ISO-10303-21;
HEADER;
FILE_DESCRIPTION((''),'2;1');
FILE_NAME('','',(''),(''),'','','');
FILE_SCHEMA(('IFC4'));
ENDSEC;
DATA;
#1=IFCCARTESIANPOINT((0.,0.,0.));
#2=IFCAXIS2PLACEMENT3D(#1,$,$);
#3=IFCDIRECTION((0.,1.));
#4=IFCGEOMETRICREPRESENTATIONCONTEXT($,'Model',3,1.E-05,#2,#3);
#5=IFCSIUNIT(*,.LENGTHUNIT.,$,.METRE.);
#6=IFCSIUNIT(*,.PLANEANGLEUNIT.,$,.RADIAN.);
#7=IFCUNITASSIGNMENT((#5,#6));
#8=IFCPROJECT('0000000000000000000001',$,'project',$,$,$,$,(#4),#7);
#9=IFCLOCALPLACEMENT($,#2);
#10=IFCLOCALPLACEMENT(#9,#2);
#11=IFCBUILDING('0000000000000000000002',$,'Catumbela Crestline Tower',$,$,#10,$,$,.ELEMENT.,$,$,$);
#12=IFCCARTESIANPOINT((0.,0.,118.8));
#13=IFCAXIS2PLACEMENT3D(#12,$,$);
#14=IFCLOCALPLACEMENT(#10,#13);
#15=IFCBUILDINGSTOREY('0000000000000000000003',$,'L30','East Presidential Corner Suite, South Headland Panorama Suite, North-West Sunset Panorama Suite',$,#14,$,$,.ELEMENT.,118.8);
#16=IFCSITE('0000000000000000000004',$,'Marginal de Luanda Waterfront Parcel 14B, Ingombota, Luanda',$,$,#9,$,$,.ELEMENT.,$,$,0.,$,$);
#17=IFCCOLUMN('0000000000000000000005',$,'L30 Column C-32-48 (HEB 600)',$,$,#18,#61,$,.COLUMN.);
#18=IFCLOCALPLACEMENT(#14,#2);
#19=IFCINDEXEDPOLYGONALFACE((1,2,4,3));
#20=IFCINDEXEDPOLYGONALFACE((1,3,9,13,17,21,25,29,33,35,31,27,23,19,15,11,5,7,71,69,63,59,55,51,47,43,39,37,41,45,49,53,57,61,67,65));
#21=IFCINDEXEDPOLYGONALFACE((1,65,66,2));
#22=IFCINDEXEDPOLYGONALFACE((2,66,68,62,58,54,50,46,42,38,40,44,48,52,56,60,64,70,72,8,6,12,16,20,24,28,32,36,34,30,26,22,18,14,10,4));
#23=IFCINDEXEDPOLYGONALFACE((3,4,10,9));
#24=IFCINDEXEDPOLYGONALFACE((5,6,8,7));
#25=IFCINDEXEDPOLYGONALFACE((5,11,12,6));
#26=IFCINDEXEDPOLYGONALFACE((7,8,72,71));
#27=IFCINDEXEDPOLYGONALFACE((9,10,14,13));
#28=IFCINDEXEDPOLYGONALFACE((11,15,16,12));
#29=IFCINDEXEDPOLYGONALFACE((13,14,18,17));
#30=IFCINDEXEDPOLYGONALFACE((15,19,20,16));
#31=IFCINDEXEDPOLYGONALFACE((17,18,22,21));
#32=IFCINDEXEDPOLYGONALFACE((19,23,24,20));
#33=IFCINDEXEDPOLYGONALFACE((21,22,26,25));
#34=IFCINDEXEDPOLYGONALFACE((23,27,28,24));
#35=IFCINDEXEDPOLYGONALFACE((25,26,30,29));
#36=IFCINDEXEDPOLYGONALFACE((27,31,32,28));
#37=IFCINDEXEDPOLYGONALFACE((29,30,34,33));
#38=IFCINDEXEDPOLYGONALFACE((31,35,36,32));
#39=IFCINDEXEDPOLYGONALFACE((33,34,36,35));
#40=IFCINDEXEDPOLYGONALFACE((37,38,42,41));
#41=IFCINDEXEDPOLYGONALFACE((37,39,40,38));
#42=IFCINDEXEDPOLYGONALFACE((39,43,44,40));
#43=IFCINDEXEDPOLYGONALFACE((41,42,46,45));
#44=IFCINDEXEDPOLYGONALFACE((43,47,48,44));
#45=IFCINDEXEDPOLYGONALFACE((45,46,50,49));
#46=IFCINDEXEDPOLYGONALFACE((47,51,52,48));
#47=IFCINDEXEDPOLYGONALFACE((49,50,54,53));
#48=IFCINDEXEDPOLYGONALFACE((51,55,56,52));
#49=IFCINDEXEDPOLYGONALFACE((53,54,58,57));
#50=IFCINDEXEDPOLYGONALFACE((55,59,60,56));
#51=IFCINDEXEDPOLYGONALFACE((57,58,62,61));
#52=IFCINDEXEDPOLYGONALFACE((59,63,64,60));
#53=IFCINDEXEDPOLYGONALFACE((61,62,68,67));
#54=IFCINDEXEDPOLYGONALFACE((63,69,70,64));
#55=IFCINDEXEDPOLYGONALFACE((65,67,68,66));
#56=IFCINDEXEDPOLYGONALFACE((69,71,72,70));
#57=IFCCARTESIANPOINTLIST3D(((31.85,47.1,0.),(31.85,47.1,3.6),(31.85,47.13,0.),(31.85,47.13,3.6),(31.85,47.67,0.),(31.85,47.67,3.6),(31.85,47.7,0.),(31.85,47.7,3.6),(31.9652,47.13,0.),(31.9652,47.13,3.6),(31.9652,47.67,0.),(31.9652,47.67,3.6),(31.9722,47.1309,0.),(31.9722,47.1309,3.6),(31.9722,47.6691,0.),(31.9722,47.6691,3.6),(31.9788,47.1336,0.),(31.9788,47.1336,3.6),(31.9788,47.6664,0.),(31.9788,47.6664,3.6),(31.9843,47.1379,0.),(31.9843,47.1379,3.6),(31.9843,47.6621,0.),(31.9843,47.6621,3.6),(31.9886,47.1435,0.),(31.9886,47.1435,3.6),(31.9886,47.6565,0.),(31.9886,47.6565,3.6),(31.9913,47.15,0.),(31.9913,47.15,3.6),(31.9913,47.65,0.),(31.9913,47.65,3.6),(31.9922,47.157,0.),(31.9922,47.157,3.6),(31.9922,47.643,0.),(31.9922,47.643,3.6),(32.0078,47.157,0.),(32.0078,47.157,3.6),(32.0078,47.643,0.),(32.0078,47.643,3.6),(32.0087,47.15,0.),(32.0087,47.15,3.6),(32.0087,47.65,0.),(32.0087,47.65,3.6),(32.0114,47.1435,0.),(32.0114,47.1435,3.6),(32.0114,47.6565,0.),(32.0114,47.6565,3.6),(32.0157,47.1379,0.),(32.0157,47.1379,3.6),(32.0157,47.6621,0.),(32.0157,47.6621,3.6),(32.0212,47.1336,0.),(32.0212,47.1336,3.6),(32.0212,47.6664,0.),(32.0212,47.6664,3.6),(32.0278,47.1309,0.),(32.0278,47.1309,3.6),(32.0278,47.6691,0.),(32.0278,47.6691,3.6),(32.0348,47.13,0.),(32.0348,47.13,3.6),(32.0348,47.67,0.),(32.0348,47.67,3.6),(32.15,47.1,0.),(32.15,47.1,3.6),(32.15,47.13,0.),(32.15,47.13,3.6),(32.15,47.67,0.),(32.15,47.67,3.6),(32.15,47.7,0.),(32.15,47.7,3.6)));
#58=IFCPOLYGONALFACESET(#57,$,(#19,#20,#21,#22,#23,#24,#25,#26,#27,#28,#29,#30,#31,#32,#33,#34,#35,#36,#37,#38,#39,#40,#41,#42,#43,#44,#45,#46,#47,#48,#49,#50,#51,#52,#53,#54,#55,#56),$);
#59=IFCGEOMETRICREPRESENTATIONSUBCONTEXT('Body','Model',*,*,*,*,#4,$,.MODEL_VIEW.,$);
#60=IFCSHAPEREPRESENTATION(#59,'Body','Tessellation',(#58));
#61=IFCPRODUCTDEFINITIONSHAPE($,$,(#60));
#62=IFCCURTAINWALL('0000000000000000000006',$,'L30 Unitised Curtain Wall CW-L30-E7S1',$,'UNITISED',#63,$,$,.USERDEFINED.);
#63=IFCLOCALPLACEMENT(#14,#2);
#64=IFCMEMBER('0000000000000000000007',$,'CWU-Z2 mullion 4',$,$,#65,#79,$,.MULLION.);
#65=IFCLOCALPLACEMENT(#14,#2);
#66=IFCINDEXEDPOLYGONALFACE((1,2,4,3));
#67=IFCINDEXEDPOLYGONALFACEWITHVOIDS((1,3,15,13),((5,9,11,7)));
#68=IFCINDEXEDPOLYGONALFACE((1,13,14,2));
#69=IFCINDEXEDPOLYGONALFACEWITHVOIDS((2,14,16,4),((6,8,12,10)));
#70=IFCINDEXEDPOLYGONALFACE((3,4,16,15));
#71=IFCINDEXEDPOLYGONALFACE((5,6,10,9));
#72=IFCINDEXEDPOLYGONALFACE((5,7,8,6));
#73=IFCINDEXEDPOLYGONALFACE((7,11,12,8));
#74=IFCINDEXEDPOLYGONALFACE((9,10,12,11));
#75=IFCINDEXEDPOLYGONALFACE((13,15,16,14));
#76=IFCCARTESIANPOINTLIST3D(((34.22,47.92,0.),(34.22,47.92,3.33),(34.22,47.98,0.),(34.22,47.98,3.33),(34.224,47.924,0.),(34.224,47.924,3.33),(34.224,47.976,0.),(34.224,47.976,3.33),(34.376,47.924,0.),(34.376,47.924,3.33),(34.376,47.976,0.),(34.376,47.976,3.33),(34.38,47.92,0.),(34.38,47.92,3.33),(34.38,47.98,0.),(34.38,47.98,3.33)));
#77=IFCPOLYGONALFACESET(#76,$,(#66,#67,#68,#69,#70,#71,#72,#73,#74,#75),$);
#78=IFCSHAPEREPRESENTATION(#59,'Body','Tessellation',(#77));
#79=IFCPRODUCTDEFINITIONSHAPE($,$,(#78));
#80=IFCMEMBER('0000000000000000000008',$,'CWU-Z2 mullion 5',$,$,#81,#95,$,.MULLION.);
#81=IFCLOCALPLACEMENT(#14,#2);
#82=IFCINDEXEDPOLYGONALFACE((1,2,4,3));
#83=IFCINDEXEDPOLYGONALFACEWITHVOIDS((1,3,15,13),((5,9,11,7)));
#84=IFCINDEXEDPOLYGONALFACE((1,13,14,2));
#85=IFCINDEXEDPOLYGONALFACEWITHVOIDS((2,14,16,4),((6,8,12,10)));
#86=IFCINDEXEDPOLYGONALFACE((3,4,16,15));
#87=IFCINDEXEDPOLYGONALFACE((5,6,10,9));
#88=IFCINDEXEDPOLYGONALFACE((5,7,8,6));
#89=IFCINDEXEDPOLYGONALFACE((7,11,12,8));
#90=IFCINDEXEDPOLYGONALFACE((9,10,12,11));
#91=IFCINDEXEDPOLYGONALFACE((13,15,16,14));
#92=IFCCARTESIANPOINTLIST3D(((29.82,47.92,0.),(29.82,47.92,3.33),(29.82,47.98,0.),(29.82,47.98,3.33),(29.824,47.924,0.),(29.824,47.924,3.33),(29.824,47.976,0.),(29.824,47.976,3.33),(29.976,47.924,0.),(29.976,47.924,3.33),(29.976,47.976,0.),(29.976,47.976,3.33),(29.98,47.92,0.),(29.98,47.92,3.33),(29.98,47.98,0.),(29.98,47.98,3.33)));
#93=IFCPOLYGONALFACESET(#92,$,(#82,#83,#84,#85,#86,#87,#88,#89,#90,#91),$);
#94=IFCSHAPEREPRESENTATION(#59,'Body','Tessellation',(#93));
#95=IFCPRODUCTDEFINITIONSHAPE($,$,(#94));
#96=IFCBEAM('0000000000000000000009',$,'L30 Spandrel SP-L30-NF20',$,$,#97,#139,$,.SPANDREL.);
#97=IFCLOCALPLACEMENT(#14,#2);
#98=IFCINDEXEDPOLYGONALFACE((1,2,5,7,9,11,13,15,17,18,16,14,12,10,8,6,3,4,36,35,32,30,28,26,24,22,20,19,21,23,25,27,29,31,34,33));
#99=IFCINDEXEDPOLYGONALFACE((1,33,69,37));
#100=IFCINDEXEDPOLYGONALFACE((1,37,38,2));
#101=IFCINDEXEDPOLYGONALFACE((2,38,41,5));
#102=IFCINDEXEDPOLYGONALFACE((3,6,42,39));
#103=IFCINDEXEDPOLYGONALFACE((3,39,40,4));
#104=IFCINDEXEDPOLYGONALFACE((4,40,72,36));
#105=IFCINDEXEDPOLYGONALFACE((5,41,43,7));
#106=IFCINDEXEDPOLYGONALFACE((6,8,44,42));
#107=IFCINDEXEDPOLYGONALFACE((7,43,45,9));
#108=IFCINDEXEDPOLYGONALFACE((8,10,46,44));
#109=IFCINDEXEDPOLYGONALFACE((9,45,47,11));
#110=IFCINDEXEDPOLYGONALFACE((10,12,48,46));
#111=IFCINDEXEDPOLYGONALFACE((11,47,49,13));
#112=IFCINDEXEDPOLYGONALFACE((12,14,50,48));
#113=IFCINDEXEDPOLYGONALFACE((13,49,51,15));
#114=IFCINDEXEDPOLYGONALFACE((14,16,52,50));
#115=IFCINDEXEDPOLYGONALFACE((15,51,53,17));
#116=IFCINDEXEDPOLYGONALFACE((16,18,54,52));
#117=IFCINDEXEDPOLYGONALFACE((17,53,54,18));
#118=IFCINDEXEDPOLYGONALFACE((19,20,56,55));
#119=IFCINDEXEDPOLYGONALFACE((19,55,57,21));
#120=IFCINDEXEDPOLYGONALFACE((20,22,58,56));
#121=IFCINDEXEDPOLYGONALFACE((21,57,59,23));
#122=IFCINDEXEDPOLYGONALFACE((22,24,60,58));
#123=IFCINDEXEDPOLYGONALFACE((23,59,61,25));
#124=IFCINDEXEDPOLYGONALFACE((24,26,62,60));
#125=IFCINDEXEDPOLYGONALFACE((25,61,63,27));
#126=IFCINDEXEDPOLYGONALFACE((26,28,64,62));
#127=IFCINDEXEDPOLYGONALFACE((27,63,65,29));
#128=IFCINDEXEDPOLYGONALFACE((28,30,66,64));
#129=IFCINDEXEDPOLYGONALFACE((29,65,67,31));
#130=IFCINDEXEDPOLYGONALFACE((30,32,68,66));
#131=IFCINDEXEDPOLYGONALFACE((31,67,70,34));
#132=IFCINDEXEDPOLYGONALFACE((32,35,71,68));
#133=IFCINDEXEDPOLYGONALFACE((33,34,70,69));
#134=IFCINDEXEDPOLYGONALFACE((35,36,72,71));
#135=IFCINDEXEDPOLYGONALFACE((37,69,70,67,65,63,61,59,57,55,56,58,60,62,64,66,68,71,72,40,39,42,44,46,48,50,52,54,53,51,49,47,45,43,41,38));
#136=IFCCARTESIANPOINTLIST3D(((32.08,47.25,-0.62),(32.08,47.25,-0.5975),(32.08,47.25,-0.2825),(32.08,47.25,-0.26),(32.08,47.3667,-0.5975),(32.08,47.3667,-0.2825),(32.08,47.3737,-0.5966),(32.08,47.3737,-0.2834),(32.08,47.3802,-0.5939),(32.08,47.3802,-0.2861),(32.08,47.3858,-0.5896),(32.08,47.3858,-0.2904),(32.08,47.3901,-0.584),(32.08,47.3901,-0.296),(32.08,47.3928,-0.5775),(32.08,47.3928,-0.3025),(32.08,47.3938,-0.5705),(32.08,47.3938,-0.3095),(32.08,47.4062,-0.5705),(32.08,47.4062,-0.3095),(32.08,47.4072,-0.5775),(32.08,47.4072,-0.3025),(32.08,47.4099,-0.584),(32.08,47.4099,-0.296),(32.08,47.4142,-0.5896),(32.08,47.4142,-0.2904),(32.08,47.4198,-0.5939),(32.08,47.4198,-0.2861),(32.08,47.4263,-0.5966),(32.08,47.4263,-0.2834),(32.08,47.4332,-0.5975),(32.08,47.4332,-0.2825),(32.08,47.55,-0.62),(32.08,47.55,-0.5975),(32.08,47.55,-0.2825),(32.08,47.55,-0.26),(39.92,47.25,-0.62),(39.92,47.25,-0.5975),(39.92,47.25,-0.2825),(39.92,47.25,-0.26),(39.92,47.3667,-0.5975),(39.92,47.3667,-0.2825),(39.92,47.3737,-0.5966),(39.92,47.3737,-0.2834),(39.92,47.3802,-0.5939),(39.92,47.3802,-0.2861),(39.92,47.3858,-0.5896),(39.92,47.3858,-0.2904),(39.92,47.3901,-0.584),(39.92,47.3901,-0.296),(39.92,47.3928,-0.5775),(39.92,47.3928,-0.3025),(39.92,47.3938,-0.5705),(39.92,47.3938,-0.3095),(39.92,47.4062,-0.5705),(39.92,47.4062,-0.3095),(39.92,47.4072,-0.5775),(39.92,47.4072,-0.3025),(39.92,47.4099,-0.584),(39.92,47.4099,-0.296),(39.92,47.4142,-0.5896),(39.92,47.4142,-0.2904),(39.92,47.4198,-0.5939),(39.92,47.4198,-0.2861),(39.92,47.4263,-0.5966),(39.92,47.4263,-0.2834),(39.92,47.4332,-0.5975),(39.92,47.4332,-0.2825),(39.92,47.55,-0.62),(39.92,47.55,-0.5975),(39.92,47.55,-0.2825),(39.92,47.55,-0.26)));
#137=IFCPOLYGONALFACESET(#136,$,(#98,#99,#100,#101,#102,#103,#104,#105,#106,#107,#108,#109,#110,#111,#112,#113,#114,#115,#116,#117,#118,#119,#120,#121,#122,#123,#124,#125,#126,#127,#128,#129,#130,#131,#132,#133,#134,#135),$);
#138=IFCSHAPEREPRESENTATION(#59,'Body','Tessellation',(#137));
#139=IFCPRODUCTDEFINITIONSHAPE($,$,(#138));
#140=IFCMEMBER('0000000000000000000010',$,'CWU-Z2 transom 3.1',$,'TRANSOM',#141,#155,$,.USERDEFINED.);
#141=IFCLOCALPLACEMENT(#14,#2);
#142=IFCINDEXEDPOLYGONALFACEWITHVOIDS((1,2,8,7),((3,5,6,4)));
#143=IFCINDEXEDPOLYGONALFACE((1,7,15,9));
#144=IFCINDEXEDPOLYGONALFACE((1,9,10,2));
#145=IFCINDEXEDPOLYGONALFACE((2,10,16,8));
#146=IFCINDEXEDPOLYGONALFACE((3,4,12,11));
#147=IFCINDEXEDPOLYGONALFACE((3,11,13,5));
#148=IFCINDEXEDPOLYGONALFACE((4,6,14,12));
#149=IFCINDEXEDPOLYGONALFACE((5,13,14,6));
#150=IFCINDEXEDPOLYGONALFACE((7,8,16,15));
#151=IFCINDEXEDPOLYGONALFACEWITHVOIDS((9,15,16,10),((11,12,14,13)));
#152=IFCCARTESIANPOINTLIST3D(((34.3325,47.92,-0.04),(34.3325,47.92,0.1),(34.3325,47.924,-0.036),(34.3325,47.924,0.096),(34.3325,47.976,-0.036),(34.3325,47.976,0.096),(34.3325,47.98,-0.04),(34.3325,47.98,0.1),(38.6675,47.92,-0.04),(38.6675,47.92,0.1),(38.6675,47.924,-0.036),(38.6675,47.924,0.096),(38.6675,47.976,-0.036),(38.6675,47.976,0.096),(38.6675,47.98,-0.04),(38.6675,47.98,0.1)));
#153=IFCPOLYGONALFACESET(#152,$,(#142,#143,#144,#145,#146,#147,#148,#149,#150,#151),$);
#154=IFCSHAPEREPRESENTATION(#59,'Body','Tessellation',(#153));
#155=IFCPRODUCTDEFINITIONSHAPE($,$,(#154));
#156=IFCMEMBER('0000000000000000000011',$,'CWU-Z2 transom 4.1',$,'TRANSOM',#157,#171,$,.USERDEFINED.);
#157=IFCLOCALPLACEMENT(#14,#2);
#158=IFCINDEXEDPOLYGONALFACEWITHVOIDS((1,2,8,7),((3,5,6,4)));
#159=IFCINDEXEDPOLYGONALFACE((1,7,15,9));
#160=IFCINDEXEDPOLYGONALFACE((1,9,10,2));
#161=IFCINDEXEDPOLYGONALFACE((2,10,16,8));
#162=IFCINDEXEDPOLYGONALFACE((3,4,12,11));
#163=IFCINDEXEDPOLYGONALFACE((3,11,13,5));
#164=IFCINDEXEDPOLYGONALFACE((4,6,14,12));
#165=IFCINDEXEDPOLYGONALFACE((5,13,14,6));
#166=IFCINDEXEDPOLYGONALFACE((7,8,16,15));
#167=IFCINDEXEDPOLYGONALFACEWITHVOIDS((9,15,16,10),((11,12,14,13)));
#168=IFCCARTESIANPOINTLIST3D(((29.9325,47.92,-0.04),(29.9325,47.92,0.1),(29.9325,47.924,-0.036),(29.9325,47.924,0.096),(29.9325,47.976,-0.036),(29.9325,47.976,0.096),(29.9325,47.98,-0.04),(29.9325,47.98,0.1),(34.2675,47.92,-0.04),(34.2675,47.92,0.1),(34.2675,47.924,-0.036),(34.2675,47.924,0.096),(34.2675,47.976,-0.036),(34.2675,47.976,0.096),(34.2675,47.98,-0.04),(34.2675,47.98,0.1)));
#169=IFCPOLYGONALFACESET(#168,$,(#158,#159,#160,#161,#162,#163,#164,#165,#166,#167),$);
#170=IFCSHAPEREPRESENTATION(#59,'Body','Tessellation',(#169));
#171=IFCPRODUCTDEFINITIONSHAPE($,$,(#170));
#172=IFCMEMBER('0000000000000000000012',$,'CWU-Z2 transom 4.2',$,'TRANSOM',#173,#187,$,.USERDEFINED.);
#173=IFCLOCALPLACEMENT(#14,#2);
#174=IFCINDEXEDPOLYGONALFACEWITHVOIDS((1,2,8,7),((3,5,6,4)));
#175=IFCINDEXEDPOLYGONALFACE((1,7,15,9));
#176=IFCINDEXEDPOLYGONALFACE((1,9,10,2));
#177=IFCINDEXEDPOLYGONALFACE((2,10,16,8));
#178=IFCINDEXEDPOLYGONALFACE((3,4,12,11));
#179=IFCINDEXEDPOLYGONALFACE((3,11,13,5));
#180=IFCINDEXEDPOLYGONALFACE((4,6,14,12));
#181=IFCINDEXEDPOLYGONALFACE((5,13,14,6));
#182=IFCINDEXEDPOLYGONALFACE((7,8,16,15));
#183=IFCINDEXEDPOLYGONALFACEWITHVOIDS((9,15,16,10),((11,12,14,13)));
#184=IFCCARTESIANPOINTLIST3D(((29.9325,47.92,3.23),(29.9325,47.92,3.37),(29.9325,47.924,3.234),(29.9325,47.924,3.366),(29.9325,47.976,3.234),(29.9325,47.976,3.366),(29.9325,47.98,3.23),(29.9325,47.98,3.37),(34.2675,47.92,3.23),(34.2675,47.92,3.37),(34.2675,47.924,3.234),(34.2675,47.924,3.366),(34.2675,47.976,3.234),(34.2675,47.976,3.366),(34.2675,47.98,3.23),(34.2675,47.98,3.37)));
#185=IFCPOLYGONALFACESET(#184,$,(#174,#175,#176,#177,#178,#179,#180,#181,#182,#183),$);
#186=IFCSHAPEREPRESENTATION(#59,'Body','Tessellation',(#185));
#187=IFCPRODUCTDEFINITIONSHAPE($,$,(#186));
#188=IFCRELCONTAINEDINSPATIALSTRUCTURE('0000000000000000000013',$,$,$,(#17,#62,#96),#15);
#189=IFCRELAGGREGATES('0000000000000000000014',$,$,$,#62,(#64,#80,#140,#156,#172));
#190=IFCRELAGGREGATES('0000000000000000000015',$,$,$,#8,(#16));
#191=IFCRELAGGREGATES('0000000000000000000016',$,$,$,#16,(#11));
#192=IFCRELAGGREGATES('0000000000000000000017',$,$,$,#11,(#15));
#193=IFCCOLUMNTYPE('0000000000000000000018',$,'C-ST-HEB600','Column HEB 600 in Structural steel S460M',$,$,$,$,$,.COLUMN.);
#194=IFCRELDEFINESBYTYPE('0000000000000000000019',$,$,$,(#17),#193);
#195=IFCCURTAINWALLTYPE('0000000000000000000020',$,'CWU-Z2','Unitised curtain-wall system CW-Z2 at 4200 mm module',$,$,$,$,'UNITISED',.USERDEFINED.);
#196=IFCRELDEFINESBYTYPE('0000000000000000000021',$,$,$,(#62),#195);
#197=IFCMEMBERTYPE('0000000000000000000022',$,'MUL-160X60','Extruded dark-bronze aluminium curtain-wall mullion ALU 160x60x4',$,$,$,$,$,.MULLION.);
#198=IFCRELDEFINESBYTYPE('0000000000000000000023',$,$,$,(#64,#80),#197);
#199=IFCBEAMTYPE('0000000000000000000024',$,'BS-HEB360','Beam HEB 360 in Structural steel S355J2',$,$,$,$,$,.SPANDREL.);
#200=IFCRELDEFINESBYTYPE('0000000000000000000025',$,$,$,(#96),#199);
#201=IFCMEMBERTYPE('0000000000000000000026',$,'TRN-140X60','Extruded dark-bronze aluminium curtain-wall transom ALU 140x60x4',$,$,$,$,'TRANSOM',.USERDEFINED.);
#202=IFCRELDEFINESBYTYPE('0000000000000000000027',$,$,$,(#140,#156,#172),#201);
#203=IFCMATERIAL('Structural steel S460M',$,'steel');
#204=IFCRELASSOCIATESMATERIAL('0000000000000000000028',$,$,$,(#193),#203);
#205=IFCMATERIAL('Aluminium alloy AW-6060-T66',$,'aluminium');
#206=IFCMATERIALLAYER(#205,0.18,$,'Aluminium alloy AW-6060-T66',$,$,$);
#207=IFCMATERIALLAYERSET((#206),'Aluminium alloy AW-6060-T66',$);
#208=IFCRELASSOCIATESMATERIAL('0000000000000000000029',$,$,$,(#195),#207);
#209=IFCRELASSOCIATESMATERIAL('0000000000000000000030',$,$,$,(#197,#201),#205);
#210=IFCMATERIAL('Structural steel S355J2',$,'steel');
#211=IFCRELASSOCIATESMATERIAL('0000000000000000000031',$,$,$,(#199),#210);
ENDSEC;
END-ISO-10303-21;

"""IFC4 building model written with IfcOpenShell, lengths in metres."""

from ifc_helpers import new_model, si_unit, direction, frame, origin, origin_2d, place, context, subcontext, project, spatial, hollow_rectangle, i_section, extrude, material, layer, layer_set, material_profile, profile_set, type_object, element, aggregate, save


model = new_model("IFC4")

# Units and contexts
model_context = context("Model", 3, precision=1e-05, world=origin(), true_north=direction((0.0, 1.0)))
body_context = subcontext(model_context, "Body", "Model", "MODEL_VIEW")
ifc_project = project(units=[si_unit("LENGTHUNIT", "METRE"), si_unit("PLANEANGLEUNIT", "RADIAN")], contexts=[model_context])

# Site, building, storey
site_placement = place(None, origin())
site = spatial("IfcSite", under=ifc_project, at=site_placement, Name="Marginal de Luanda Waterfront Parcel 14B, Ingombota, Luanda", CompositionType="ELEMENT", RefElevation=0.0)
building_placement = place(site_placement, origin())
building = spatial("IfcBuilding", under=site, at=building_placement, Name="Catumbela Crestline Tower", CompositionType="ELEMENT")
storey_placement = place(building_placement, frame((0.0, 0.0, 118.8)))
storey = spatial("IfcBuildingStorey", under=building, at=storey_placement, Name="L30", Description="East Presidential Corner Suite, South Headland Panorama Suite, North-West Sunset Panorama Suite", CompositionType="ELEMENT", Elevation=118.8)

# Column
ifc_material_1 = material(Name="Structural steel S460M", Category="steel")
ifc_material_profile_1 = material_profile(ifc_material_1, i_section(OverallWidth=0.3, OverallDepth=0.6, WebThickness=0.0155, FlangeThickness=0.03, FilletRadius=0.027, at=origin_2d()), Name="HEB 600")
ifc_profile_set_1 = profile_set([ifc_material_profile_1], Name="Structural steel S460M")
column_type = type_object("IfcColumnType", Name="C-ST-HEB600", Description="Column HEB 600 in Structural steel S460M", PredefinedType="COLUMN", material=ifc_profile_set_1)
column_placement = place(storey_placement, frame((32.0, 47.4, 0.0), z_axis=(0.0, 0.0, 1.0), x_axis=(1.0, 0.0, 0.0)))
element("IfcColumn", 1, at=column_placement, inside=storey, type_object=column_type, Name="L30 Column C-32-48 (HEB 600)", PredefinedType="COLUMN", context=body_context, shape_type="SweptSolid", body=[
    extrude(i_section(OverallWidth=0.3, OverallDepth=0.6, WebThickness=0.0155, FlangeThickness=0.03, FilletRadius=0.027, at=origin_2d()), origin(), (0.0, 0.0, 1.0), 3.6),
])

# Curtain wall, members
ifc_material_2 = material(Name="Aluminium alloy AW-6060-T66", Category="aluminium")
ifc_layer_1 = layer(ifc_material_2, 0.18, Name="Aluminium alloy AW-6060-T66")
ifc_layer_set_1 = layer_set([ifc_layer_1], Name="Aluminium alloy AW-6060-T66")
curtain_wall_type = type_object("IfcCurtainWallType", Name="CWU-Z2", Description="Unitised curtain-wall system CW-Z2 at 4200 mm module", ElementType="UNITISED", PredefinedType="USERDEFINED", material=ifc_layer_set_1)
curtain_wall_placement = place(storey_placement, origin())
curtain_wall = element("IfcCurtainWall", 2, at=curtain_wall_placement, inside=storey, type_object=curtain_wall_type, Name="L30 Unitised Curtain Wall CW-L30-E7S1", ObjectType="UNITISED", PredefinedType="USERDEFINED")
ifc_material_profile_2 = material_profile(ifc_material_2, hollow_rectangle(XDim=0.06, YDim=0.16, WallThickness=0.004, at=origin_2d()), Name="ALU 160x60x4")
ifc_profile_set_2 = profile_set([ifc_material_profile_2], Name="Aluminium alloy AW-6060-T66")
member_type_1 = type_object("IfcMemberType", Name="MUL-160X60", Description="Extruded dark-bronze aluminium curtain-wall mullion ALU 160x60x4", PredefinedType="MULLION", material=ifc_profile_set_2)
member_1_placement = place(storey_placement, frame((34.3, 47.95, 0.0), z_axis=(0.0, 0.0, 1.0), x_axis=(0.0, -1.0, 0.0)))
member_1 = element("IfcMember", 3, at=member_1_placement, type_object=member_type_1, Name="CWU-Z2 mullion 4", PredefinedType="MULLION", context=body_context, shape_type="SweptSolid", body=[
    extrude(hollow_rectangle(XDim=0.06, YDim=0.16, WallThickness=0.004, at=origin_2d()), origin(), (0.0, 0.0, 1.0), 3.33),
])
member_2_placement = place(storey_placement, frame((29.9, 47.95, 0.0), z_axis=(0.0, 0.0, 1.0), x_axis=(0.0, -1.0, 0.0)))
member_2 = element("IfcMember", 4, at=member_2_placement, type_object=member_type_1, Name="CWU-Z2 mullion 5", PredefinedType="MULLION", context=body_context, shape_type="SweptSolid", body=[
    extrude(hollow_rectangle(XDim=0.06, YDim=0.16, WallThickness=0.004, at=origin_2d()), origin(), (0.0, 0.0, 1.0), 3.33),
])

# Beam
ifc_material_3 = material(Name="Structural steel S355J2", Category="steel")
ifc_material_profile_3 = material_profile(ifc_material_3, i_section(OverallWidth=0.3, OverallDepth=0.36, WebThickness=0.0125, FlangeThickness=0.0225, FilletRadius=0.027, at=origin_2d()), Name="HEB 360")
ifc_profile_set_3 = profile_set([ifc_material_profile_3], Name="Structural steel S355J2")
beam_type = type_object("IfcBeamType", Name="BS-HEB360", Description="Beam HEB 360 in Structural steel S355J2", PredefinedType="SPANDREL", material=ifc_profile_set_3)
beam_placement = place(storey_placement, frame((32.08, 47.4, -0.44), z_axis=(1.0, 0.0, 0.0), x_axis=(0.0, 1.0, 0.0)))
element("IfcBeam", 5, at=beam_placement, inside=storey, type_object=beam_type, Name="L30 Spandrel SP-L30-NF20", PredefinedType="SPANDREL", context=body_context, shape_type="SweptSolid", body=[
    extrude(i_section(OverallWidth=0.3, OverallDepth=0.36, WebThickness=0.0125, FlangeThickness=0.0225, FilletRadius=0.027, at=origin_2d()), origin(), (0.0, 0.0, 1.0), 7.84),
])

# Members
ifc_material_profile_4 = material_profile(ifc_material_2, hollow_rectangle(XDim=0.06, YDim=0.14, WallThickness=0.004, at=origin_2d()), Name="ALU 140x60x4")
ifc_profile_set_4 = profile_set([ifc_material_profile_4], Name="Aluminium alloy AW-6060-T66")
member_type_2 = type_object("IfcMemberType", Name="TRN-140X60", Description="Extruded dark-bronze aluminium curtain-wall transom ALU 140x60x4", ElementType="TRANSOM", PredefinedType="USERDEFINED", material=ifc_profile_set_4)
member_3_placement = place(storey_placement, frame((38.6675, 47.95, 0.03), z_axis=(-1.0, 0.0, 0.0), x_axis=(0.0, -1.0, 0.0)))
member_3 = element("IfcMember", 6, at=member_3_placement, type_object=member_type_2, Name="CWU-Z2 transom 3.1", ObjectType="TRANSOM", PredefinedType="USERDEFINED", context=body_context, shape_type="SweptSolid", body=[
    extrude(hollow_rectangle(XDim=0.06, YDim=0.14, WallThickness=0.004, at=origin_2d()), origin(), (0.0, 0.0, 1.0), 4.335),
])
member_4_placement = place(storey_placement, frame((34.2675, 47.95, 0.03), z_axis=(-1.0, 0.0, 0.0), x_axis=(0.0, -1.0, 0.0)))
member_4 = element("IfcMember", 7, at=member_4_placement, type_object=member_type_2, Name="CWU-Z2 transom 4.1", ObjectType="TRANSOM", PredefinedType="USERDEFINED", context=body_context, shape_type="SweptSolid", body=[
    extrude(hollow_rectangle(XDim=0.06, YDim=0.14, WallThickness=0.004, at=origin_2d()), origin(), (0.0, 0.0, 1.0), 4.335),
])
member_5_placement = place(storey_placement, frame((34.2675, 47.95, 3.3), z_axis=(-1.0, 0.0, 0.0), x_axis=(0.0, -1.0, 0.0)))
member_5 = element("IfcMember", 8, at=member_5_placement, type_object=member_type_2, Name="CWU-Z2 transom 4.2", ObjectType="TRANSOM", PredefinedType="USERDEFINED", context=body_context, shape_type="SweptSolid", body=[
    extrude(hollow_rectangle(XDim=0.06, YDim=0.14, WallThickness=0.004, at=origin_2d()), origin(), (0.0, 0.0, 1.0), 4.335),
])

aggregate(curtain_wall, [member_1, member_2, member_3, member_4, member_5])

save(model, "model.ifc")
